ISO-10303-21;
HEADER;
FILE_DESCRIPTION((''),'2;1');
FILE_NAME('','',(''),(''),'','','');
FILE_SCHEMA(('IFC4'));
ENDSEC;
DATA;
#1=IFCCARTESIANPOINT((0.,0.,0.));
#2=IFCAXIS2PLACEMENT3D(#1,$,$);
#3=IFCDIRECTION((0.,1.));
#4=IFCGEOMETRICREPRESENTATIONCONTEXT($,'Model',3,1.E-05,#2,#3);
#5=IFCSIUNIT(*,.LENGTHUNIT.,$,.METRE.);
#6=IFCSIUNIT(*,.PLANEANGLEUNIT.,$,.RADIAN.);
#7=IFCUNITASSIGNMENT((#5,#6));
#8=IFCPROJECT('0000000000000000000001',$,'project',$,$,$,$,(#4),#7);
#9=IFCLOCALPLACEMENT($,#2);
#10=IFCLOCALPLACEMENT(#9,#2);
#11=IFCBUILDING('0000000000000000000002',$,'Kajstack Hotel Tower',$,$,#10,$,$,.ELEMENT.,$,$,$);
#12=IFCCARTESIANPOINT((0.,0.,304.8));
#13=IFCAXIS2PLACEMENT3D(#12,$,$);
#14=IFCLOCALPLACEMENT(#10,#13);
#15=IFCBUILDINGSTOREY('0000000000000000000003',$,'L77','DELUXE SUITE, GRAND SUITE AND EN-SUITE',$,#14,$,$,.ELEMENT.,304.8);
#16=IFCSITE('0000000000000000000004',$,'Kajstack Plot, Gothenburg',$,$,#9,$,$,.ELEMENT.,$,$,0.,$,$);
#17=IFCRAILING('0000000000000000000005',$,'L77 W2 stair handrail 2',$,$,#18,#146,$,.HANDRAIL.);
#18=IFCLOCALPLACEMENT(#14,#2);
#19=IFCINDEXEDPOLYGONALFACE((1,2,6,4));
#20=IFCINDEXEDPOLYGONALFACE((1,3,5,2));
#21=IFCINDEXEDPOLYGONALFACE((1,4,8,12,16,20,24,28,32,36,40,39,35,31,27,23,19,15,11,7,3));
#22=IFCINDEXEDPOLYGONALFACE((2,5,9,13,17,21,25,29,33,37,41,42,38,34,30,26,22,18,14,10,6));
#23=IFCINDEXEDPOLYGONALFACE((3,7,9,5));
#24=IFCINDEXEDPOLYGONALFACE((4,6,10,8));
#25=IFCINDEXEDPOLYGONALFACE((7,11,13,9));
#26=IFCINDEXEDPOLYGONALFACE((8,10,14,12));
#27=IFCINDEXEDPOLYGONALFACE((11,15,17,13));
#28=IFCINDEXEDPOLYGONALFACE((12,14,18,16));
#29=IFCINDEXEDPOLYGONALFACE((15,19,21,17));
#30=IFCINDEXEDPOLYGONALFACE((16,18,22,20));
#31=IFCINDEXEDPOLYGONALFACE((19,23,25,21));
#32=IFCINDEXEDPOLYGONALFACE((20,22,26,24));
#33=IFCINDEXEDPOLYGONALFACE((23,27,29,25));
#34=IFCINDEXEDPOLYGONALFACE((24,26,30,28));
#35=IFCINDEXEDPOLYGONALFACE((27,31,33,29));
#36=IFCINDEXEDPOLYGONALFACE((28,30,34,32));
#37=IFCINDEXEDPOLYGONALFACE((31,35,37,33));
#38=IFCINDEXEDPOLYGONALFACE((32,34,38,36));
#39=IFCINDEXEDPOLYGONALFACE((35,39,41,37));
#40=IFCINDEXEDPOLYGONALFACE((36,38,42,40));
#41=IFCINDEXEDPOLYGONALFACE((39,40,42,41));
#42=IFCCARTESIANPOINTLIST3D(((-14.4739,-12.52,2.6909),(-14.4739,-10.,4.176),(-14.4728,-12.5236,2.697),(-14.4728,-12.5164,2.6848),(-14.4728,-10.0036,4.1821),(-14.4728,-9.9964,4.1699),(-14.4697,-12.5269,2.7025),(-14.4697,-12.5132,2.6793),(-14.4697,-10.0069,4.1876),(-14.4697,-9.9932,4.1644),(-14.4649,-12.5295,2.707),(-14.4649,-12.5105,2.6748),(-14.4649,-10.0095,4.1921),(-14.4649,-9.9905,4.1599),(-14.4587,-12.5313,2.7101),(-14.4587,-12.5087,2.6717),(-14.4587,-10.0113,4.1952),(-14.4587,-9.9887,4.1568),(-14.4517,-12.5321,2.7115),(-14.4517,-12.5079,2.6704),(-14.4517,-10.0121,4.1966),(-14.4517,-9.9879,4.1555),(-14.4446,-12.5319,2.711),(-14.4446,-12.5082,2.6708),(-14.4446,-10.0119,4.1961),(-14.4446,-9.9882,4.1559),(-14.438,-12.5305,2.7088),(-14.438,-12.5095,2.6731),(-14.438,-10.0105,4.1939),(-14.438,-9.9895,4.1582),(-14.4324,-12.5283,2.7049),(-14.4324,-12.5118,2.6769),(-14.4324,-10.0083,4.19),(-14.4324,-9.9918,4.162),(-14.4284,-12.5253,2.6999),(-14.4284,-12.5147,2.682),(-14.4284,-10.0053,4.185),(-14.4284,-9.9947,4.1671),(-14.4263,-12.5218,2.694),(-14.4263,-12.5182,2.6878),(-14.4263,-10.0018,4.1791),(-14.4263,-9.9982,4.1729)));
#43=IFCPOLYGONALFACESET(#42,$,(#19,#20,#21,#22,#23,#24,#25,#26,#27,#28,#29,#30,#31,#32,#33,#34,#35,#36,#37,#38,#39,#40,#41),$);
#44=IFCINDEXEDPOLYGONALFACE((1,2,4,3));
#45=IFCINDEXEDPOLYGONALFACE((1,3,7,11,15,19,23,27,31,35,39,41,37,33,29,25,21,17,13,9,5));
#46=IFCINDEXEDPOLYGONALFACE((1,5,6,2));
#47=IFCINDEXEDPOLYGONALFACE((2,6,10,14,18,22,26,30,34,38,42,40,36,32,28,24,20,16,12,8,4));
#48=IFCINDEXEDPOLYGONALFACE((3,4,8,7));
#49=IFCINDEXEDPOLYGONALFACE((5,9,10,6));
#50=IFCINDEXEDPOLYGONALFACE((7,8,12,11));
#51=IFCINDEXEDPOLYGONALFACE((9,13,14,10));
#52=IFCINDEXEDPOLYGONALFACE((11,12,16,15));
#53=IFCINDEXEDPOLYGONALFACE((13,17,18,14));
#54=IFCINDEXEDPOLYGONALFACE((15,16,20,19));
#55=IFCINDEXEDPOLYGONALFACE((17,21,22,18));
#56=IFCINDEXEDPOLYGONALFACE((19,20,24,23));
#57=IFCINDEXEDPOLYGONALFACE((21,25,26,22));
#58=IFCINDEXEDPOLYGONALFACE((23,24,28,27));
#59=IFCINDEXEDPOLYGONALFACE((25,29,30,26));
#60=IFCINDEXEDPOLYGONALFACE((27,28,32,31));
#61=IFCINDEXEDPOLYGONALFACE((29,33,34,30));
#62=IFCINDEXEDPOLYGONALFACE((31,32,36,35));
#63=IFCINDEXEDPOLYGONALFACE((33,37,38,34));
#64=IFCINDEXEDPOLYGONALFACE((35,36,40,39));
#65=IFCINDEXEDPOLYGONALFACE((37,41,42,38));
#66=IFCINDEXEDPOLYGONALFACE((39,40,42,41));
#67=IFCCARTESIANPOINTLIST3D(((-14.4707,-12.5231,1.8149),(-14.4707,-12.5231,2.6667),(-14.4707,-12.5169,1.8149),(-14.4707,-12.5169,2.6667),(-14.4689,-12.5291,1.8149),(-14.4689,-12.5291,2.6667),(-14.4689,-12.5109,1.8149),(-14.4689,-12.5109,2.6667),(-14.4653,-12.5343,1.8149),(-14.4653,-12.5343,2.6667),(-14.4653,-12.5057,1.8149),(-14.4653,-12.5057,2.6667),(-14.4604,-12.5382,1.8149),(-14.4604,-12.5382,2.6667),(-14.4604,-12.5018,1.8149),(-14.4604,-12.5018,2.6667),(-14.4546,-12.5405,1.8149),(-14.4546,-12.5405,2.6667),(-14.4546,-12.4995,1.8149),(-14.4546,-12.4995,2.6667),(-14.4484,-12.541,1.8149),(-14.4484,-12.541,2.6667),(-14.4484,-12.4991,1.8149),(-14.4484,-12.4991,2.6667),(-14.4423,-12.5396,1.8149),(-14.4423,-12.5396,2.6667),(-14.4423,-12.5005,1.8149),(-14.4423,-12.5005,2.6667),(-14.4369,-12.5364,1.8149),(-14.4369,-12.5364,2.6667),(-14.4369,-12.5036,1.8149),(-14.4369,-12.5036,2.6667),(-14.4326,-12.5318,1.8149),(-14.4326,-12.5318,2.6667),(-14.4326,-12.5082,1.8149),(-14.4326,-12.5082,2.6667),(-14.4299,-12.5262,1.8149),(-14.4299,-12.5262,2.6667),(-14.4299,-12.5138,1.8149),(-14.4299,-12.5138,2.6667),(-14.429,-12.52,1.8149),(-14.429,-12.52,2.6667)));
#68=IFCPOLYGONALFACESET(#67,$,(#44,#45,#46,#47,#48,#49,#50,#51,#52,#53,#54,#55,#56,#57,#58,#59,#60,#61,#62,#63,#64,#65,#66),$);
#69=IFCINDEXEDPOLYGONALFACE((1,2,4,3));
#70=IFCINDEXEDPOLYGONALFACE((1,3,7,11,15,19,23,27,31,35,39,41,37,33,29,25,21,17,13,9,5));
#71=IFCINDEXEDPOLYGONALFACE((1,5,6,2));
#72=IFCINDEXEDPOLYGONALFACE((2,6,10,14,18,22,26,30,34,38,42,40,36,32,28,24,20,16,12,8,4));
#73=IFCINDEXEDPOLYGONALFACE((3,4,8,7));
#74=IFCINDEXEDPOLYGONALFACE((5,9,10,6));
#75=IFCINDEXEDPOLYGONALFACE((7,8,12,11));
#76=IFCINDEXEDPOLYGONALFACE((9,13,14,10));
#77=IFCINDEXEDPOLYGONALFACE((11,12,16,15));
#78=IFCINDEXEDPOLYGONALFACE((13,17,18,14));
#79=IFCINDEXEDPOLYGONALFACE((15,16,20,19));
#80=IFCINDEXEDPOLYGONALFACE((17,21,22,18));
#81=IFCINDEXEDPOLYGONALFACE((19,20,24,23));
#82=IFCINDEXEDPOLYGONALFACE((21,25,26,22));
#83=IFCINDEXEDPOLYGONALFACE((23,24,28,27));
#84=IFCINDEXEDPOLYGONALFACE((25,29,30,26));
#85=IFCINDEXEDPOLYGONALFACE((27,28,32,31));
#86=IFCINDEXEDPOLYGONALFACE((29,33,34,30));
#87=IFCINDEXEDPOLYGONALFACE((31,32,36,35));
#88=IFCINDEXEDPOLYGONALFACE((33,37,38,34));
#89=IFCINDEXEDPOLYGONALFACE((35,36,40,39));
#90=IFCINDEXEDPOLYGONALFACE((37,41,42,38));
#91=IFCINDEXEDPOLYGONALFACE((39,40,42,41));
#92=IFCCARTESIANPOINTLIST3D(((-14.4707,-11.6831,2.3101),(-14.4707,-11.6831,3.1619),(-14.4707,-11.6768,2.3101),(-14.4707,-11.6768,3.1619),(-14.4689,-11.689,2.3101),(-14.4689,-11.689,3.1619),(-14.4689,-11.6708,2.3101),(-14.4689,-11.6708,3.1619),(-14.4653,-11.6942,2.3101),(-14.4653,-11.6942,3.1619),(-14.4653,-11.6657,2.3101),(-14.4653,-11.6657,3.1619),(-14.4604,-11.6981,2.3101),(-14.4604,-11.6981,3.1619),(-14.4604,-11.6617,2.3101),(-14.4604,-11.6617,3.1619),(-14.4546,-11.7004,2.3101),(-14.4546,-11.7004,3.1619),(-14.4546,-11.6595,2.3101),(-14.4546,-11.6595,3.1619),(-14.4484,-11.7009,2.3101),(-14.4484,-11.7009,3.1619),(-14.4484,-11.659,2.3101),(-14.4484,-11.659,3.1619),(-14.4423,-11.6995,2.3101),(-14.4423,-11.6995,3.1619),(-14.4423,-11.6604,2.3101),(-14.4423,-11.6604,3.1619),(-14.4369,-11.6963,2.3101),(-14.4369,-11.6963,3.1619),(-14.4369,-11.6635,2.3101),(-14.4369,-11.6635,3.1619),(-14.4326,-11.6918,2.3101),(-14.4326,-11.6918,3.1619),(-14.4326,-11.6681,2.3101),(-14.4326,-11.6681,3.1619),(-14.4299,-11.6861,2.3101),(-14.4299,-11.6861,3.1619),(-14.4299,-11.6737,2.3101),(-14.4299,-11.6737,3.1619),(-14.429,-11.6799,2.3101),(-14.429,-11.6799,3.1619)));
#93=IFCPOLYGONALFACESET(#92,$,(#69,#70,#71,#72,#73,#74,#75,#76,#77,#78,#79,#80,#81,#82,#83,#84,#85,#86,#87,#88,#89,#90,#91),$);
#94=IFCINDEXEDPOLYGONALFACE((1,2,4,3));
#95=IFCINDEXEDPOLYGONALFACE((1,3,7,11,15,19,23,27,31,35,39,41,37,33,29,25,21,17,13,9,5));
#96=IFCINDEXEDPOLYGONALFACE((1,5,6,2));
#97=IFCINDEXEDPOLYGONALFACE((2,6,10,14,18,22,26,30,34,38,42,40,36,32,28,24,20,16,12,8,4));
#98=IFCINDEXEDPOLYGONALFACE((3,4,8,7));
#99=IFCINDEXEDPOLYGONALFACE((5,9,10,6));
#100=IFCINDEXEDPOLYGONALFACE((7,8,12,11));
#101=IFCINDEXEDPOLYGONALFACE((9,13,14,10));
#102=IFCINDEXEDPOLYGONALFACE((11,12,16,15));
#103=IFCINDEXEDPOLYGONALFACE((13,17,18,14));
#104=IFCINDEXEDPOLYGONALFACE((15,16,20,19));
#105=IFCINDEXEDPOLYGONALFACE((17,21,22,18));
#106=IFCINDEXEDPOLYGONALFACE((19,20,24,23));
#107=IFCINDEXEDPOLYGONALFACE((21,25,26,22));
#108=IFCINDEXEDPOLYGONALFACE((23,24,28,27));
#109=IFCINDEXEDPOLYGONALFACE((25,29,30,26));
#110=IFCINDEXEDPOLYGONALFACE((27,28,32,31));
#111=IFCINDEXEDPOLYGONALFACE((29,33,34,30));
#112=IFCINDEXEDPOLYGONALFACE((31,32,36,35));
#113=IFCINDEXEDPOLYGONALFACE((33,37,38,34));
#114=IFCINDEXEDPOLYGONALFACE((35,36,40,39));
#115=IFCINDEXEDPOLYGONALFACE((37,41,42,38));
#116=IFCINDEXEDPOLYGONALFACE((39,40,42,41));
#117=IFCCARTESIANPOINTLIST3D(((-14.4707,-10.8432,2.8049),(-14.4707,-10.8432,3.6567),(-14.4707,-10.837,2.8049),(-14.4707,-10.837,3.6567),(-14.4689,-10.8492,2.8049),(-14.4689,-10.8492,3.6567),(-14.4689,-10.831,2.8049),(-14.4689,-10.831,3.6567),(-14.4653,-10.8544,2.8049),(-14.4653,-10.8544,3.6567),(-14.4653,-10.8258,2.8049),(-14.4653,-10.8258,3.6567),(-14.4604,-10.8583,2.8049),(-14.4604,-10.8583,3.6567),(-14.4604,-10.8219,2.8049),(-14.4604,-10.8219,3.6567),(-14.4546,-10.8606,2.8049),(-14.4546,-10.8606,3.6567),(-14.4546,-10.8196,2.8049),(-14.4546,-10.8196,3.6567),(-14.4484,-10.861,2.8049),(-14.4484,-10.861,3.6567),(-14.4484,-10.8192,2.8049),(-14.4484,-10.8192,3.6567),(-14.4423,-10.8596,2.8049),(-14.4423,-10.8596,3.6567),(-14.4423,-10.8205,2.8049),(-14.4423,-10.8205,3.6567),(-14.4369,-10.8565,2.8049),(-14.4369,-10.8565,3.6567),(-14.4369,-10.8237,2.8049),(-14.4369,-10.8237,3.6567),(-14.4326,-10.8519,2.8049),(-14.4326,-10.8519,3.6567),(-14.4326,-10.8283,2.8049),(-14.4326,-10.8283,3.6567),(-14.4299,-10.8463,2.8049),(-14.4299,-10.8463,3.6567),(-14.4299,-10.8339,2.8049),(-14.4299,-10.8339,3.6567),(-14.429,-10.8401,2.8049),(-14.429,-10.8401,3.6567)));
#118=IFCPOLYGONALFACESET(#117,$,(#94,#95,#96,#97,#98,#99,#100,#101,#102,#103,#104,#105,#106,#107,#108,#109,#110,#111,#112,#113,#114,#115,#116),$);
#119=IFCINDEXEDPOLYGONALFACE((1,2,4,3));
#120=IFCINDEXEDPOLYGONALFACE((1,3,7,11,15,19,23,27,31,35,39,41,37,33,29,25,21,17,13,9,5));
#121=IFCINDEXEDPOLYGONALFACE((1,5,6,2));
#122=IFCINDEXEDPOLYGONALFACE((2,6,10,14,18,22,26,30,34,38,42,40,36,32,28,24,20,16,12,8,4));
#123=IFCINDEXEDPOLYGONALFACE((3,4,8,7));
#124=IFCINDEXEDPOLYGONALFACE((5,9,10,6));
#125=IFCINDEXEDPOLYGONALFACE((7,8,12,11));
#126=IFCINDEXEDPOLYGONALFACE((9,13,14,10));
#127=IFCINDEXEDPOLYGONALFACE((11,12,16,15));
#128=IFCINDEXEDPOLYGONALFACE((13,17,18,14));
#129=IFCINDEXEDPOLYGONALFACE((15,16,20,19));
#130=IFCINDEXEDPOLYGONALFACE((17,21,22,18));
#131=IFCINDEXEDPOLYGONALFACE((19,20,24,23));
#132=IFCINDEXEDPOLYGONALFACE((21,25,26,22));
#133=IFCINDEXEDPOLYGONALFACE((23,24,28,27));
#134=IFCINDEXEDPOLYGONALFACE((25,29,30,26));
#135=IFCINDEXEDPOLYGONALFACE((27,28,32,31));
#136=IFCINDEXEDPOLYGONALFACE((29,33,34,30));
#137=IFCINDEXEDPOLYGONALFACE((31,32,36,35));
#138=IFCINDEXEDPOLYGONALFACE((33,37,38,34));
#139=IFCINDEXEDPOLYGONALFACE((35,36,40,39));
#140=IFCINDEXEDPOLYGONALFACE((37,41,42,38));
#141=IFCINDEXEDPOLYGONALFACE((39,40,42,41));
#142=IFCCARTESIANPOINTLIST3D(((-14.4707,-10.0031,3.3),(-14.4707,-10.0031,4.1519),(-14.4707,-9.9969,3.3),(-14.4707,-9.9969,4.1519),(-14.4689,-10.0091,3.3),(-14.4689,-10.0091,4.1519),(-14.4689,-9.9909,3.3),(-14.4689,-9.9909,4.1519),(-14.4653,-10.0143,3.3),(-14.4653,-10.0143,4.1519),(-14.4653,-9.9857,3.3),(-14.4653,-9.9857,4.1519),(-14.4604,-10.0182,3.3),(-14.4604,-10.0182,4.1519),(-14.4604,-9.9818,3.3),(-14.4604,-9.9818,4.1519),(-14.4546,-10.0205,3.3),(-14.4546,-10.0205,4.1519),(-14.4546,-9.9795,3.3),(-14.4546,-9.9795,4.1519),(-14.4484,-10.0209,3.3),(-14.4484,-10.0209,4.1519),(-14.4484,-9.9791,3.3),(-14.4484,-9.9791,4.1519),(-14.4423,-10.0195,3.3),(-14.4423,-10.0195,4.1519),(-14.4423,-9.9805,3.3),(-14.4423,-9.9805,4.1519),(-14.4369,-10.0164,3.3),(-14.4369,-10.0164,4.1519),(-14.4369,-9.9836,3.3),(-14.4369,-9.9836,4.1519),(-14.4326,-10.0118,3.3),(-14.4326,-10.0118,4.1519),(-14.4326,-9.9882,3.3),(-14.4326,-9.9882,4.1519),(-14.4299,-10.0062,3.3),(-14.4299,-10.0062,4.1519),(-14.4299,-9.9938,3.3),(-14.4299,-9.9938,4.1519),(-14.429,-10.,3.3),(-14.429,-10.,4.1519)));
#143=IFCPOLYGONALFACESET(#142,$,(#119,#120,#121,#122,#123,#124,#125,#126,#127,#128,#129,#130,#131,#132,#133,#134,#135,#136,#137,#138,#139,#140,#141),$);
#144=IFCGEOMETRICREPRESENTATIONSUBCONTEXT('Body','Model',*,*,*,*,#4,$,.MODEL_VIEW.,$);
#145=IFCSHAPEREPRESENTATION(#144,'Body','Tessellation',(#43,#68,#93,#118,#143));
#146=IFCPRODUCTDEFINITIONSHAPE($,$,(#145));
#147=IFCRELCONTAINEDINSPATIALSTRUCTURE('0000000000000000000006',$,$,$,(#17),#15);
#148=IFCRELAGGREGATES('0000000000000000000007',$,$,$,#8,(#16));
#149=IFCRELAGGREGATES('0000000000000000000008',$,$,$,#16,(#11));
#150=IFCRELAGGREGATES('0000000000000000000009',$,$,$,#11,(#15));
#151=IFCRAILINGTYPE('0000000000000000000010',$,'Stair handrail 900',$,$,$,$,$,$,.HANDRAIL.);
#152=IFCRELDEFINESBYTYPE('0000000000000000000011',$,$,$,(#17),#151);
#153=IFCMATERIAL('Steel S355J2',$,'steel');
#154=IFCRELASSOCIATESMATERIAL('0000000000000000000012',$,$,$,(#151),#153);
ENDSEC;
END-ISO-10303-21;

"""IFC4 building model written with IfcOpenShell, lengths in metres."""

from ifc_helpers import new_model, si_unit, direction, frame, origin, origin_2d, place, context, subcontext, project, spatial, circle, extrude, material, type_object, element, save


model = new_model("IFC4")

# Units and contexts
model_context = context("Model", 3, precision=1e-05, world=origin(), true_north=direction((0.0, 1.0)))
body_context = subcontext(model_context, "Body", "Model", "MODEL_VIEW")
ifc_project = project(units=[si_unit("LENGTHUNIT", "METRE"), si_unit("PLANEANGLEUNIT", "RADIAN")], contexts=[model_context])

# Site, building, storey
site_placement = place(None, origin())
site = spatial("IfcSite", under=ifc_project, at=site_placement, Name="Kajstack Plot, Gothenburg", CompositionType="ELEMENT", RefElevation=0.0)
building_placement = place(site_placement, origin())
building = spatial("IfcBuilding", under=site, at=building_placement, Name="Kajstack Hotel Tower", CompositionType="ELEMENT")
storey_placement = place(building_placement, frame((0.0, 0.0, 304.8)))
storey = spatial("IfcBuildingStorey", under=building, at=storey_placement, Name="L77", Description="DELUXE SUITE, GRAND SUITE AND EN-SUITE", CompositionType="ELEMENT", Elevation=304.8)

# Railing
ifc_material_1 = material(Name="Steel S355J2", Category="steel")
railing_type_1 = type_object("IfcRailingType", Name="Stair handrail 900", PredefinedType="HANDRAIL", material=ifc_material_1)
railing_1_placement = place(storey_placement, frame((-14.45, -12.52, 1.8149)))
element("IfcRailing", 1, at=railing_1_placement, inside=storey, type_object=railing_type_1, Name="L77 W2 stair handrail 2", PredefinedType="HANDRAIL", context=body_context, shape_type="SweptSolid", body=[
    extrude(circle(Radius=0.0239, at=origin_2d()), frame((0.0, 0.0, 0.876), z_axis=(0.0, 0.861524, 0.507717), x_axis=(-1.0, 0.0, 0.0)), (0.0, 0.0, 1.0), 2.925),
    extrude(circle(Radius=0.021, at=origin_2d()), origin(), (0.0, 0.0, 1.0), 0.8518),
    extrude(circle(Radius=0.021, at=origin_2d()), frame((0.0, 0.8401, 0.4951)), (0.0, 0.0, 1.0), 0.8518),
    extrude(circle(Radius=0.021, at=origin_2d()), frame((0.0, 1.6799, 0.99)), (0.0, 0.0, 1.0), 0.8518),
    extrude(circle(Radius=0.021, at=origin_2d()), frame((0.0, 2.52, 1.4851)), (0.0, 0.0, 1.0), 0.8518),
])

save(model, "model.ifc")
